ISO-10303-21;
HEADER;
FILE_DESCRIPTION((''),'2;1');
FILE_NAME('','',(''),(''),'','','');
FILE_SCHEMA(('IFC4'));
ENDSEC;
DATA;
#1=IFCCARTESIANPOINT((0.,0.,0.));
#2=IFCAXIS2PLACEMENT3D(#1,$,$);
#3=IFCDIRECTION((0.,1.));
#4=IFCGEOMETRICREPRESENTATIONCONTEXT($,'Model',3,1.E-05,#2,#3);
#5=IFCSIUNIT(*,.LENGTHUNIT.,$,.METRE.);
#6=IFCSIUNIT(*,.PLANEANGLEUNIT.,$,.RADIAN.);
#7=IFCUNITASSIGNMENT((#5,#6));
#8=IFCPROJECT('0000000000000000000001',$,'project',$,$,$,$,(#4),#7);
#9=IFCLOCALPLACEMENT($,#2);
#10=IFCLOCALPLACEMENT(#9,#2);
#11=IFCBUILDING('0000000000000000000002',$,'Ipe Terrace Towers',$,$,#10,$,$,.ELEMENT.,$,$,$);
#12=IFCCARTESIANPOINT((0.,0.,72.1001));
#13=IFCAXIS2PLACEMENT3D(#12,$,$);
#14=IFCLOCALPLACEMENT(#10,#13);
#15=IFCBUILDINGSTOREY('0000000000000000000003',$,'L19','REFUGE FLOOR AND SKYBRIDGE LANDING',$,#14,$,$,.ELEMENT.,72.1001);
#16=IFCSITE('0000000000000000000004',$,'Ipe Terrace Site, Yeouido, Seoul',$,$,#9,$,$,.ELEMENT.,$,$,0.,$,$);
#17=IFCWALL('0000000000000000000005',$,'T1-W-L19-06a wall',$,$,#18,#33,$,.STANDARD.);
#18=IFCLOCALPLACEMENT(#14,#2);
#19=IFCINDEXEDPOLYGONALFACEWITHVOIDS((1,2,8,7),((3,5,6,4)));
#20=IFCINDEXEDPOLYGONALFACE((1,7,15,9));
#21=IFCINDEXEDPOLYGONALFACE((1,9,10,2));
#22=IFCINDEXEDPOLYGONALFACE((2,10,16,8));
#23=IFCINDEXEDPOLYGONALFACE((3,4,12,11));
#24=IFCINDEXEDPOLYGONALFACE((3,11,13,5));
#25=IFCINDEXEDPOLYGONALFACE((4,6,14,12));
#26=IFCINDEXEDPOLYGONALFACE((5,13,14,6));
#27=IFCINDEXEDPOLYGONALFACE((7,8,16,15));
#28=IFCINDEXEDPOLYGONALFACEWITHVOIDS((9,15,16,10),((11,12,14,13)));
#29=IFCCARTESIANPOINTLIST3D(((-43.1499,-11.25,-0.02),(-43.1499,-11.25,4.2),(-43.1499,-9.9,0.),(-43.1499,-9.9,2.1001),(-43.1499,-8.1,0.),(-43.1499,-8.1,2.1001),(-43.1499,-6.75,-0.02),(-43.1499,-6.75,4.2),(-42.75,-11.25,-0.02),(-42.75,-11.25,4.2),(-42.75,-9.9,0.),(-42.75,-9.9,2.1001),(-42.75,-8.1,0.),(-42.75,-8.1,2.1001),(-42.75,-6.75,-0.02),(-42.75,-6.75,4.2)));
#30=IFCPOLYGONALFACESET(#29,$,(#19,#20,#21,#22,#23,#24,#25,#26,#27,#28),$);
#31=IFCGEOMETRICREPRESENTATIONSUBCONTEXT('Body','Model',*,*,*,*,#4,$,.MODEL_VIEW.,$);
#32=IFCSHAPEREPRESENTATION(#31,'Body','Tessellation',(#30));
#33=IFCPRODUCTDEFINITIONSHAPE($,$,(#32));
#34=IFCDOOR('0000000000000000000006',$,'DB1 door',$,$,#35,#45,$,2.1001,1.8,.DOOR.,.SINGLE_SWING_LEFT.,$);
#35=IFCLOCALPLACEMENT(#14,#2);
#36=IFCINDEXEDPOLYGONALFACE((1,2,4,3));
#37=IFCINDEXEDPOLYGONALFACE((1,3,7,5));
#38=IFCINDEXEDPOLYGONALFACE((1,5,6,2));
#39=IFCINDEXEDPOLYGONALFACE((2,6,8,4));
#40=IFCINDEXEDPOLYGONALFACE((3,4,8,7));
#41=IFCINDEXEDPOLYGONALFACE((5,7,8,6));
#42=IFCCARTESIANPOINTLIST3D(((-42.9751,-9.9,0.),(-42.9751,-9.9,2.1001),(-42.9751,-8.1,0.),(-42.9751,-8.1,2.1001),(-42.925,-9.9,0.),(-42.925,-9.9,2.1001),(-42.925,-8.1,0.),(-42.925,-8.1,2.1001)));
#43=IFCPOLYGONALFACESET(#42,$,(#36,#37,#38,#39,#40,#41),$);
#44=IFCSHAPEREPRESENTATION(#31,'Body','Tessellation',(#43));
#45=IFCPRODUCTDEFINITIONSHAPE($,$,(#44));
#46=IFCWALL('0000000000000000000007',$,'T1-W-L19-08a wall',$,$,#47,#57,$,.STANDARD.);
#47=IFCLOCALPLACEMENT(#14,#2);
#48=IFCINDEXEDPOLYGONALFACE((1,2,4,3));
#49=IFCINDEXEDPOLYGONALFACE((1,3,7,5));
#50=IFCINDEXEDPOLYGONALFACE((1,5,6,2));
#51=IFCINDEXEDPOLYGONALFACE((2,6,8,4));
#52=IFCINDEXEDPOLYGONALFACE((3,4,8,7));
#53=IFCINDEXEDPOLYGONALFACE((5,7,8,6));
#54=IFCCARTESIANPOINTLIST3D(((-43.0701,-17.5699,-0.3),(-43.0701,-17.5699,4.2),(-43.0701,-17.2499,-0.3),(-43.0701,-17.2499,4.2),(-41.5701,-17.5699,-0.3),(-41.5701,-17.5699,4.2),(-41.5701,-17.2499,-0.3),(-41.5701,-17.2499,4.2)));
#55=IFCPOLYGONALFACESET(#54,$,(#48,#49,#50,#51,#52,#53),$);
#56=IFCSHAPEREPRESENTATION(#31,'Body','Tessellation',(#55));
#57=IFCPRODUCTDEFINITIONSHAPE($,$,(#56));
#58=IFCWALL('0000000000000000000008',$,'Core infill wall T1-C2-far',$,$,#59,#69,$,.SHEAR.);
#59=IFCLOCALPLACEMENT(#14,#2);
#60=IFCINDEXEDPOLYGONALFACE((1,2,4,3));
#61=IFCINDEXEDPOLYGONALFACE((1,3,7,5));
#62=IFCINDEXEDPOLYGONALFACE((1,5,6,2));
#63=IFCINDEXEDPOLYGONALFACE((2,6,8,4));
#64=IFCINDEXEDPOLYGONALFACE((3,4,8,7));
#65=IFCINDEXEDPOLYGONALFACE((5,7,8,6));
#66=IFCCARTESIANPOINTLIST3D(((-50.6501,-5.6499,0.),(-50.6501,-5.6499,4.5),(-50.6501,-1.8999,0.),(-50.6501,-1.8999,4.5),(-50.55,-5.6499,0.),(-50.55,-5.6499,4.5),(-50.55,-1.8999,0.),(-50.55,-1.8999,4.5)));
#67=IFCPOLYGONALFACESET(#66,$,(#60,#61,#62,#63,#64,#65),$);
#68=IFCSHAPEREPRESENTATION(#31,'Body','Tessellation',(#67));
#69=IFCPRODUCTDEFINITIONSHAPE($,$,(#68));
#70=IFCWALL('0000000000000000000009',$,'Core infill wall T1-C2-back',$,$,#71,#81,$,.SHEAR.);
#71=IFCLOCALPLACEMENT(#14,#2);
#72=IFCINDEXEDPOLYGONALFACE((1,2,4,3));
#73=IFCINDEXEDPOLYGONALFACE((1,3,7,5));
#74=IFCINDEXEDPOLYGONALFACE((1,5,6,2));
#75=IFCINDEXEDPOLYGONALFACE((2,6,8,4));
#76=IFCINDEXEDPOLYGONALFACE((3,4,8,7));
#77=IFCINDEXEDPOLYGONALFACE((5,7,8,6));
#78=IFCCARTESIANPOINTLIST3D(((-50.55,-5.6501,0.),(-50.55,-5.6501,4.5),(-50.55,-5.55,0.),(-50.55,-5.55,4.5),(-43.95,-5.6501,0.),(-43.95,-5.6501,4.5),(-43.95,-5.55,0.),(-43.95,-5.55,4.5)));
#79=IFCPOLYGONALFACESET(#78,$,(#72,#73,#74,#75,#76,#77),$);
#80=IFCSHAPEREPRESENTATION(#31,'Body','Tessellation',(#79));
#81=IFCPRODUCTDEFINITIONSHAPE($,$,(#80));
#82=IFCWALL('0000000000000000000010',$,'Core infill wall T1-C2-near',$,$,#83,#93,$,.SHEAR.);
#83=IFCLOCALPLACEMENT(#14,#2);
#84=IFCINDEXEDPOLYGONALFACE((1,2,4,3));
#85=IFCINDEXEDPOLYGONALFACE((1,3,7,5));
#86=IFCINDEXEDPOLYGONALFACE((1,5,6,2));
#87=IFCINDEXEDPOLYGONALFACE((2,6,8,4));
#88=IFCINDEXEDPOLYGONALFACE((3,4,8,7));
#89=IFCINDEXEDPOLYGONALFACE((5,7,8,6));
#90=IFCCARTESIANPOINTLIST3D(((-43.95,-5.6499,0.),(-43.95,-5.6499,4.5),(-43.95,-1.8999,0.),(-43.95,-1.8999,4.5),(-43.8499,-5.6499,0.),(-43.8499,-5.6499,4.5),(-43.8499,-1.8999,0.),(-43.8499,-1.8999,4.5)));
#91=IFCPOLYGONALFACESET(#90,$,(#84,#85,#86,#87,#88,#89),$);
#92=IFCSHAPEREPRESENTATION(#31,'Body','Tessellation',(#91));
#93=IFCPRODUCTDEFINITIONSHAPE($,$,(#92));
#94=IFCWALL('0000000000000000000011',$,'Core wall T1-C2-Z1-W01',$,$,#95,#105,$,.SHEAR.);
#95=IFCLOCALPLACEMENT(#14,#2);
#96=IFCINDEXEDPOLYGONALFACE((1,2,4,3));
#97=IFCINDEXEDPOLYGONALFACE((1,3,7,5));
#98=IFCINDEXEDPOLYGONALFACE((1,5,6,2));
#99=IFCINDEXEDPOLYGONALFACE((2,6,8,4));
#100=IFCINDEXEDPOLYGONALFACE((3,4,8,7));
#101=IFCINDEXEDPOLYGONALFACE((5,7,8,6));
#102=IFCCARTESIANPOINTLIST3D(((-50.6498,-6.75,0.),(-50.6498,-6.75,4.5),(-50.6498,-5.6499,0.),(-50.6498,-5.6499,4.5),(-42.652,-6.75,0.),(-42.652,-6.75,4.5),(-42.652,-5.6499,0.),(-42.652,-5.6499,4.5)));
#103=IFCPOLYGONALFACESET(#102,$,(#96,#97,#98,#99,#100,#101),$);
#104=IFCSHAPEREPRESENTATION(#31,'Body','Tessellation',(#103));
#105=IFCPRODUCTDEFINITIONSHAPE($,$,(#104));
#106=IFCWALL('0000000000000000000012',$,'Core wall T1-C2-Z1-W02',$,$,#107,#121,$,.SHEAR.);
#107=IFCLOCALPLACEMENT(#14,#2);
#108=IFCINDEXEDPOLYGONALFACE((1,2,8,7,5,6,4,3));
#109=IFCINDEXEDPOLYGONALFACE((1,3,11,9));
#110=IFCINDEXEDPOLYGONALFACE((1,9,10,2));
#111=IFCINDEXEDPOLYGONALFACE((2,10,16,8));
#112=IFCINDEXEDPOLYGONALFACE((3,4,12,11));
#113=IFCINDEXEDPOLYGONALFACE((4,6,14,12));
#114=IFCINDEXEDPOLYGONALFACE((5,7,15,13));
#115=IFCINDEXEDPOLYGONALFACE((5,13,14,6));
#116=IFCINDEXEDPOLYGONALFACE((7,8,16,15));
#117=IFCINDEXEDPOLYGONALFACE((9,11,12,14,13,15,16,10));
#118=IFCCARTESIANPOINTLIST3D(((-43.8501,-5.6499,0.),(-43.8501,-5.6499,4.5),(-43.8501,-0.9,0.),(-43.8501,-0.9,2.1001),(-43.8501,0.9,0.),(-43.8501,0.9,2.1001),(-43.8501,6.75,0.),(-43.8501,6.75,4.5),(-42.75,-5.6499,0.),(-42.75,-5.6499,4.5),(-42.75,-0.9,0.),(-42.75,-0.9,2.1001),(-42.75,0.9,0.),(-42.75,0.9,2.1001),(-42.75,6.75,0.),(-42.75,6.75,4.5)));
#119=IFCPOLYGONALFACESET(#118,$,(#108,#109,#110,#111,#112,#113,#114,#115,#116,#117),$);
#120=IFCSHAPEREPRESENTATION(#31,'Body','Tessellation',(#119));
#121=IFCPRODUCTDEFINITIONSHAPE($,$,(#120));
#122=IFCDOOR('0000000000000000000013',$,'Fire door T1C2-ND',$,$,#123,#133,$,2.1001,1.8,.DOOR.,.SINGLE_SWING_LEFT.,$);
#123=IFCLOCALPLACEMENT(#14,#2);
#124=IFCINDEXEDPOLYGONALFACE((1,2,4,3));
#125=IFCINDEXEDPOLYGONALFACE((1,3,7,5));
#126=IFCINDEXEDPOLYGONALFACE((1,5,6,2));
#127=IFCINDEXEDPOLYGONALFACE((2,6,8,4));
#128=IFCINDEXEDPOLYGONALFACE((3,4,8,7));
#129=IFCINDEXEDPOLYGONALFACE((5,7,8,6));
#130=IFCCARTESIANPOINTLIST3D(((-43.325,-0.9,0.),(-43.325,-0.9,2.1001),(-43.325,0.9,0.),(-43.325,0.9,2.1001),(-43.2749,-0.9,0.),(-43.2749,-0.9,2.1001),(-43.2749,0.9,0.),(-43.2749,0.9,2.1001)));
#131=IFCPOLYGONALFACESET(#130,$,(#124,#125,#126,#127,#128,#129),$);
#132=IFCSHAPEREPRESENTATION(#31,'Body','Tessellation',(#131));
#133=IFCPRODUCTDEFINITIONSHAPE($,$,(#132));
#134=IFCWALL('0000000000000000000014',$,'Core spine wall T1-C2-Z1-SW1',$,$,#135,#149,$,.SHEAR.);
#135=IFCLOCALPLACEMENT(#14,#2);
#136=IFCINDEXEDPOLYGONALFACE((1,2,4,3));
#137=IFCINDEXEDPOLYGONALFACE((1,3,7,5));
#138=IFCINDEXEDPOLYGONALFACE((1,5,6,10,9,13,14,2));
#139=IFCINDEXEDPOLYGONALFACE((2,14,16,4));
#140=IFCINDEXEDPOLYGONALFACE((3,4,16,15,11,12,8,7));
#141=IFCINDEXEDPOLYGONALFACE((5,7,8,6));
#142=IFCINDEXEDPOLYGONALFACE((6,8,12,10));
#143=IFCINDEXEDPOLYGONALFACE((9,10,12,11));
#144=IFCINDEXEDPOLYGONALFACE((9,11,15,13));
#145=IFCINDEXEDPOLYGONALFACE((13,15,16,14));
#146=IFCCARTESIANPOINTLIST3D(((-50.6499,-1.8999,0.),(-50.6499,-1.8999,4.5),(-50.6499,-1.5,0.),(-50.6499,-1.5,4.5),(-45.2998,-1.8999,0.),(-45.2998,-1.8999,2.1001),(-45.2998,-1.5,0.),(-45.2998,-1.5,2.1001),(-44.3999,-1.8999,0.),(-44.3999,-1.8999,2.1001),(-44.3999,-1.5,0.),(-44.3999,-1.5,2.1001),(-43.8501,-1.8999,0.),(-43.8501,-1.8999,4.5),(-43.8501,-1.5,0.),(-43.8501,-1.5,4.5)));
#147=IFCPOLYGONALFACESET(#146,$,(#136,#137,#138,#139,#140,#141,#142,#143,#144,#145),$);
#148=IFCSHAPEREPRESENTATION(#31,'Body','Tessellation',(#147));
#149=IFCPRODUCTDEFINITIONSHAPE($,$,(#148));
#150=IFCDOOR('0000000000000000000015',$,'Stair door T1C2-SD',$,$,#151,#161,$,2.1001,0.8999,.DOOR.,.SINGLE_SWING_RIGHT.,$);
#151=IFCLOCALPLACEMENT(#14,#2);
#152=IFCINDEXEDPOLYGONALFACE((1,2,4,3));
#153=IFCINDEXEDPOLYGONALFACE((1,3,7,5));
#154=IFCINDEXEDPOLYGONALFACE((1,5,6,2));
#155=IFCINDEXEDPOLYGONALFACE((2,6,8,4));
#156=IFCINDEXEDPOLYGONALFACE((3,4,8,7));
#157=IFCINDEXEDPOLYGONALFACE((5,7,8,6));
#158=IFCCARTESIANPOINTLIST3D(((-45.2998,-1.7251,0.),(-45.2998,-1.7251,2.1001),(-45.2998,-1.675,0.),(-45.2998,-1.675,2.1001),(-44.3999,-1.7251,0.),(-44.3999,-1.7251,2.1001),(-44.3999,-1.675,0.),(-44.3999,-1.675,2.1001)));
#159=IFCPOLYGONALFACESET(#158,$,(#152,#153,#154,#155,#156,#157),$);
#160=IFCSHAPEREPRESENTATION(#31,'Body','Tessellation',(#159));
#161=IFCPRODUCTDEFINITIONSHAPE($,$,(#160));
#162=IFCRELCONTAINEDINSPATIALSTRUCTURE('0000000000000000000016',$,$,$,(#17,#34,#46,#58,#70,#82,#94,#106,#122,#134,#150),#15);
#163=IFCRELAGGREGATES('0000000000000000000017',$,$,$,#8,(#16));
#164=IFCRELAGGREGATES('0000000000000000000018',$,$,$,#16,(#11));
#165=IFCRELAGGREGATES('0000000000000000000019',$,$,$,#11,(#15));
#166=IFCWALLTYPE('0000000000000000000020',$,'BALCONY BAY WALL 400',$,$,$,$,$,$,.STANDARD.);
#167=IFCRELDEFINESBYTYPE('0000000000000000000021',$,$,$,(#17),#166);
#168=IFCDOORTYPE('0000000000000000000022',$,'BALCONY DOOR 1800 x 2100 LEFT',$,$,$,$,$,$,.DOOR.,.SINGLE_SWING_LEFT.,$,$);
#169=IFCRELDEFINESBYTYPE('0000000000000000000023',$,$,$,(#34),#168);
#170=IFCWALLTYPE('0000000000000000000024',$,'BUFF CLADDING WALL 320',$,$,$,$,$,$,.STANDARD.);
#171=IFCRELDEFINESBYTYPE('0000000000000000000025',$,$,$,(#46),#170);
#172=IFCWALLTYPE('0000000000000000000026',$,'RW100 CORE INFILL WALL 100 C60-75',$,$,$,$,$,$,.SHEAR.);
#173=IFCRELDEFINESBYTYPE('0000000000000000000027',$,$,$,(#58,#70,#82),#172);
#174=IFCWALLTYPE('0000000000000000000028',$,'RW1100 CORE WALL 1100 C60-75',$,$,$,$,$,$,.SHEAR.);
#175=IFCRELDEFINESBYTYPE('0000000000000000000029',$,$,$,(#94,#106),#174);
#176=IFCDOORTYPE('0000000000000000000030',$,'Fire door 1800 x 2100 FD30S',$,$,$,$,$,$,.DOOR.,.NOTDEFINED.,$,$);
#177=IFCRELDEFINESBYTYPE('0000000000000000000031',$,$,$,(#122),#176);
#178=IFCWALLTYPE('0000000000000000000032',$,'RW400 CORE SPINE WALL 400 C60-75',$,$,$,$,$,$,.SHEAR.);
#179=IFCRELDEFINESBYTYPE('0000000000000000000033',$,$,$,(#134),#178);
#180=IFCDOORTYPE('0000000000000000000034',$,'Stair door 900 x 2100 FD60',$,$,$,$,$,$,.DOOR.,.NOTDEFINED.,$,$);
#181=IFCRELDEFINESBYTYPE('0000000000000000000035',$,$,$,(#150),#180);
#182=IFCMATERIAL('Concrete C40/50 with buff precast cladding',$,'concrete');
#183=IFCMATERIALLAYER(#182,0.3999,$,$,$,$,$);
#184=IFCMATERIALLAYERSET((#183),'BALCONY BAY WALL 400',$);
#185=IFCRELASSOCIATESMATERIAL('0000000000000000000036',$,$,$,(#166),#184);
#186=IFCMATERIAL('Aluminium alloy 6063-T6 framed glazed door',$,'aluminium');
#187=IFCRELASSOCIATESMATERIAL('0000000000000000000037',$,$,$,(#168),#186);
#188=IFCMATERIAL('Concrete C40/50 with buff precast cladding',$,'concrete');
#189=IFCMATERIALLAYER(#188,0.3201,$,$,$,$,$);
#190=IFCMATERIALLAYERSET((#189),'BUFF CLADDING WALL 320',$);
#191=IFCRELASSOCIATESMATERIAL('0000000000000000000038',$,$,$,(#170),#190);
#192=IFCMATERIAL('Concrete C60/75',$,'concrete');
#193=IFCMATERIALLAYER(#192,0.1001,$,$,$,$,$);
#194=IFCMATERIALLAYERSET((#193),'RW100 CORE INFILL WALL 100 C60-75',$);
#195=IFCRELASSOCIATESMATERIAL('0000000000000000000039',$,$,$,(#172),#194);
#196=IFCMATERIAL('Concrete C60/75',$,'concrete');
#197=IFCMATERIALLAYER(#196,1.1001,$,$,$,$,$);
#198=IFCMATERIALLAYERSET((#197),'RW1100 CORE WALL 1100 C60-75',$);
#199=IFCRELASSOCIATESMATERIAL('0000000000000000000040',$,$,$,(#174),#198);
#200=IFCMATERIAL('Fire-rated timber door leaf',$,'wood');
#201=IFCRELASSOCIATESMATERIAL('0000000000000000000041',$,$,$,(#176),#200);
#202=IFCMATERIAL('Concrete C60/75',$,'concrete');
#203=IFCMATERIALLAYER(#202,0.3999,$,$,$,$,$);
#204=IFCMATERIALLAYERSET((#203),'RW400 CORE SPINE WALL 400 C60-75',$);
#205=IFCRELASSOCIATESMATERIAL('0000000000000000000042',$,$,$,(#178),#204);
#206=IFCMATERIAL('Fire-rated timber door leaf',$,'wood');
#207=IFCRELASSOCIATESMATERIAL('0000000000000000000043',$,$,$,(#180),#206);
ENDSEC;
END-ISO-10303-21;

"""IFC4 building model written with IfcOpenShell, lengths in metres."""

from ifc_helpers import new_model, si_unit, direction, frame, frame_2d, origin, place, context, subcontext, project, spatial, rectangle, extrude, material, layer, layer_set, type_object, element, fill, save


model = new_model("IFC4")

# Units and contexts
model_context = context("Model", 3, precision=1e-05, world=origin(), true_north=direction((0.0, 1.0)))
body_context = subcontext(model_context, "Body", "Model", "MODEL_VIEW")
ifc_project = project(units=[si_unit("LENGTHUNIT", "METRE"), si_unit("PLANEANGLEUNIT", "RADIAN")], contexts=[model_context])

# Site, building, storey
site_placement = place(None, origin())
site = spatial("IfcSite", under=ifc_project, at=site_placement, Name="Ipe Terrace Site, Yeouido, Seoul", CompositionType="ELEMENT", RefElevation=0.0)
building_placement = place(site_placement, origin())
building = spatial("IfcBuilding", under=site, at=building_placement, Name="Ipe Terrace Towers", CompositionType="ELEMENT")
storey_placement = place(building_placement, frame((0.0, 0.0, 72.1001)))
storey = spatial("IfcBuildingStorey", under=building, at=storey_placement, Name="L19", Description="REFUGE FLOOR AND SKYBRIDGE LANDING", CompositionType="ELEMENT", Elevation=72.1001)

# Wall, opening, door
ifc_material_1 = material(Name="Concrete C40/50 with buff precast cladding", Category="concrete")
ifc_layer_1 = layer(ifc_material_1, 0.3999)
ifc_layer_set_1 = layer_set([ifc_layer_1], Name="BALCONY BAY WALL 400")
wall_type_1 = type_object("IfcWallType", Name="BALCONY BAY WALL 400", PredefinedType="STANDARD", material=ifc_layer_set_1)
wall_1_placement = place(storey_placement, frame((-42.95, -6.75, -0.02), z_axis=(0.0, 0.0, 1.0), x_axis=(0.0, -1.0, 0.0)))
wall_1 = element("IfcWall", 1, at=wall_1_placement, inside=storey, type_object=wall_type_1, Name="T1-W-L19-06a wall", PredefinedType="STANDARD", context=body_context, shape_type="SweptSolid", body=[
    extrude(rectangle(XDim=4.5, YDim=0.3999, at=frame_2d((2.25, 0.0))), origin(), (0.0, 0.0, 1.0), 4.22),
])
opening_1_placement = place(wall_1_placement, frame((1.3501, 0.0, 0.02)))
opening_1 = element("IfcOpeningElement", 2, at=opening_1_placement, cuts=wall_1, PredefinedType="OPENING", context=body_context, shape_type="SweptSolid", body=[
    extrude(rectangle(XDim=1.8, YDim=2.1001, at=frame_2d((0.8999, 1.05))), frame((0.0, 0.21, 0.0), z_axis=(0.0, -1.0, 0.0), x_axis=(1.0, 0.0, 0.0)), (0.0, 0.0, 1.0), 0.4199),
])
ifc_material_2 = material(Name="Aluminium alloy 6063-T6 framed glazed door", Category="aluminium")
door_type_1 = type_object("IfcDoorType", Name="BALCONY DOOR 1800 x 2100 LEFT", OperationType="SINGLE_SWING_LEFT", PredefinedType="DOOR", material=ifc_material_2)
door_1_placement = place(opening_1_placement, origin())
door_1 = element("IfcDoor", 3, at=door_1_placement, inside=storey, type_object=door_type_1, Name="DB1 door", OperationType="SINGLE_SWING_LEFT", OverallHeight=2.1001, OverallWidth=1.8, PredefinedType="DOOR", context=body_context, shape_type="SweptSolid", body=[
    extrude(rectangle(XDim=1.8, YDim=2.1001, at=frame_2d((0.8999, 1.05))), frame((0.0, 0.0249, 0.0), z_axis=(0.0, -1.0, 0.0), x_axis=(1.0, 0.0, 0.0)), (0.0, 0.0, 1.0), 0.05),
])
fill(opening_1, door_1)

# Walls
ifc_material_3 = material(Name="Concrete C40/50 with buff precast cladding", Category="concrete")
ifc_layer_2 = layer(ifc_material_3, 0.3201)
ifc_layer_set_2 = layer_set([ifc_layer_2], Name="BUFF CLADDING WALL 320")
wall_type_2 = type_object("IfcWallType", Name="BUFF CLADDING WALL 320", PredefinedType="STANDARD", material=ifc_layer_set_2)
wall_2_placement = place(storey_placement, frame((-43.0701, -17.4099, -0.3), z_axis=(0.0, 0.0, 1.0), x_axis=(1.0, 0.0, 0.0)))
element("IfcWall", 4, at=wall_2_placement, inside=storey, type_object=wall_type_2, Name="T1-W-L19-08a wall", PredefinedType="STANDARD", context=body_context, shape_type="SweptSolid", body=[
    extrude(rectangle(XDim=1.5, YDim=0.3201, at=frame_2d((0.75, 0.0))), origin(), (0.0, 0.0, 1.0), 4.5),
])
ifc_material_4 = material(Name="Concrete C60/75", Category="concrete")
ifc_layer_3 = layer(ifc_material_4, 0.1001)
ifc_layer_set_3 = layer_set([ifc_layer_3], Name="RW100 CORE INFILL WALL 100 C60-75")
wall_type_3 = type_object("IfcWallType", Name="RW100 CORE INFILL WALL 100 C60-75", PredefinedType="SHEAR", material=ifc_layer_set_3)
wall_3_placement = place(storey_placement, frame((-50.6001, -1.8999, 0.0), z_axis=(0.0, 0.0, 1.0), x_axis=(0.0, -1.0, 0.0)))
element("IfcWall", 5, at=wall_3_placement, inside=storey, type_object=wall_type_3, Name="Core infill wall T1-C2-far", PredefinedType="SHEAR", context=body_context, shape_type="SweptSolid", body=[
    extrude(rectangle(XDim=3.75, YDim=0.1001, at=frame_2d((1.875, 0.0))), origin(), (0.0, 0.0, 1.0), 4.5),
])
wall_4_placement = place(storey_placement, frame((-43.95, -5.6001, 0.0), z_axis=(0.0, 0.0, 1.0), x_axis=(-1.0, 0.0, 0.0)))
element("IfcWall", 6, at=wall_4_placement, inside=storey, type_object=wall_type_3, Name="Core infill wall T1-C2-back", PredefinedType="SHEAR", context=body_context, shape_type="SweptSolid", body=[
    extrude(rectangle(XDim=6.6001, YDim=0.1001, at=frame_2d((3.3, 0.0))), origin(), (0.0, 0.0, 1.0), 4.5),
])
wall_5_placement = place(storey_placement, frame((-43.8999, -1.8999, 0.0), z_axis=(0.0, 0.0, 1.0), x_axis=(0.0, -1.0, 0.0)))
element("IfcWall", 7, at=wall_5_placement, inside=storey, type_object=wall_type_3, Name="Core infill wall T1-C2-near", PredefinedType="SHEAR", context=body_context, shape_type="SweptSolid", body=[
    extrude(rectangle(XDim=3.75, YDim=0.1001, at=frame_2d((1.875, 0.0))), origin(), (0.0, 0.0, 1.0), 4.5),
])
ifc_material_5 = material(Name="Concrete C60/75", Category="concrete")
ifc_layer_4 = layer(ifc_material_5, 1.1001)
ifc_layer_set_4 = layer_set([ifc_layer_4], Name="RW1100 CORE WALL 1100 C60-75")
wall_type_4 = type_object("IfcWallType", Name="RW1100 CORE WALL 1100 C60-75", PredefinedType="SHEAR", material=ifc_layer_set_4)
wall_6_placement = place(storey_placement, frame((-50.6499, -6.2, 0.0), z_axis=(0.0, 0.0, 1.0), x_axis=(1.0, 0.0, 0.0)))
element("IfcWall", 8, at=wall_6_placement, inside=storey, type_object=wall_type_4, Name="Core wall T1-C2-Z1-W01", PredefinedType="SHEAR", context=body_context, shape_type="SweptSolid", body=[
    extrude(rectangle(XDim=7.9978, YDim=1.1001, at=frame_2d((3.999, 0.0))), origin(), (0.0, 0.0, 1.0), 4.5),
])

# Walls, openings, doors
wall_7_placement = place(storey_placement, frame((-43.3, -5.6499, 0.0), z_axis=(0.0, 0.0, 1.0), x_axis=(0.0, 1.0, 0.0)))
wall_7 = element("IfcWall", 9, at=wall_7_placement, inside=storey, type_object=wall_type_4, Name="Core wall T1-C2-Z1-W02", PredefinedType="SHEAR", context=body_context, shape_type="SweptSolid", body=[
    extrude(rectangle(XDim=12.3999, YDim=1.1001, at=frame_2d((6.2, 0.0))), origin(), (0.0, 0.0, 1.0), 4.5),
])
opening_2_placement = place(wall_7_placement, frame((4.75, 0.0, 0.0)))
opening_2 = element("IfcOpeningElement", 10, at=opening_2_placement, cuts=wall_7, PredefinedType="OPENING", context=body_context, shape_type="SweptSolid", body=[
    extrude(rectangle(XDim=1.8, YDim=2.1001, at=frame_2d((0.8999, 1.05))), frame((0.0, 0.5601, 0.0), z_axis=(0.0, -1.0, 0.0), x_axis=(1.0, 0.0, 0.0)), (0.0, 0.0, 1.0), 1.1201),
])
ifc_material_6 = material(Name="Fire-rated timber door leaf", Category="wood")
door_type_2 = type_object("IfcDoorType", Name="Fire door 1800 x 2100 FD30S", OperationType="NOTDEFINED", PredefinedType="DOOR", material=ifc_material_6)
door_2_placement = place(opening_2_placement, origin())
door_2 = element("IfcDoor", 11, at=door_2_placement, inside=storey, type_object=door_type_2, Name="Fire door T1C2-ND", OperationType="SINGLE_SWING_LEFT", OverallHeight=2.1001, OverallWidth=1.8, PredefinedType="DOOR", context=body_context, shape_type="SweptSolid", body=[
    extrude(rectangle(XDim=1.8, YDim=2.1001, at=frame_2d((0.8999, 1.05))), frame((0.0, 0.0249, 0.0), z_axis=(0.0, -1.0, 0.0), x_axis=(1.0, 0.0, 0.0)), (0.0, 0.0, 1.0), 0.05),
])
fill(opening_2, door_2)
ifc_material_7 = material(Name="Concrete C60/75", Category="concrete")
ifc_layer_5 = layer(ifc_material_7, 0.3999)
ifc_layer_set_5 = layer_set([ifc_layer_5], Name="RW400 CORE SPINE WALL 400 C60-75")
wall_type_5 = type_object("IfcWallType", Name="RW400 CORE SPINE WALL 400 C60-75", PredefinedType="SHEAR", material=ifc_layer_set_5)
wall_8_placement = place(storey_placement, frame((-50.6499, -1.7, 0.0), z_axis=(0.0, 0.0, 1.0), x_axis=(1.0, 0.0, 0.0)))
wall_8 = element("IfcWall", 12, at=wall_8_placement, inside=storey, type_object=wall_type_5, Name="Core spine wall T1-C2-Z1-SW1", PredefinedType="SHEAR", context=body_context, shape_type="SweptSolid", body=[
    extrude(rectangle(XDim=6.7998, YDim=0.3999, at=frame_2d((3.3999, 0.0))), origin(), (0.0, 0.0, 1.0), 4.5),
])
opening_3_placement = place(wall_8_placement, frame((5.3501, 0.0, 0.0)))
opening_3 = element("IfcOpeningElement", 13, at=opening_3_placement, cuts=wall_8, PredefinedType="OPENING", context=body_context, shape_type="SweptSolid", body=[
    extrude(rectangle(XDim=0.8999, YDim=2.1001, at=frame_2d((0.45, 1.05))), frame((0.0, 0.21, 0.0), z_axis=(0.0, -1.0, 0.0), x_axis=(1.0, 0.0, 0.0)), (0.0, 0.0, 1.0), 0.4199),
])
ifc_material_8 = material(Name="Fire-rated timber door leaf", Category="wood")
door_type_3 = type_object("IfcDoorType", Name="Stair door 900 x 2100 FD60", OperationType="NOTDEFINED", PredefinedType="DOOR", material=ifc_material_8)
door_3_placement = place(opening_3_placement, origin())
door_3 = element("IfcDoor", 14, at=door_3_placement, inside=storey, type_object=door_type_3, Name="Stair door T1C2-SD", OperationType="SINGLE_SWING_RIGHT", OverallHeight=2.1001, OverallWidth=0.8999, PredefinedType="DOOR", context=body_context, shape_type="SweptSolid", body=[
    extrude(rectangle(XDim=0.8999, YDim=2.1001, at=frame_2d((0.45, 1.05))), frame((0.0, 0.0249, 0.0), z_axis=(0.0, -1.0, 0.0), x_axis=(1.0, 0.0, 0.0)), (0.0, 0.0, 1.0), 0.05),
])
fill(opening_3, door_3)

save(model, "model.ifc")
